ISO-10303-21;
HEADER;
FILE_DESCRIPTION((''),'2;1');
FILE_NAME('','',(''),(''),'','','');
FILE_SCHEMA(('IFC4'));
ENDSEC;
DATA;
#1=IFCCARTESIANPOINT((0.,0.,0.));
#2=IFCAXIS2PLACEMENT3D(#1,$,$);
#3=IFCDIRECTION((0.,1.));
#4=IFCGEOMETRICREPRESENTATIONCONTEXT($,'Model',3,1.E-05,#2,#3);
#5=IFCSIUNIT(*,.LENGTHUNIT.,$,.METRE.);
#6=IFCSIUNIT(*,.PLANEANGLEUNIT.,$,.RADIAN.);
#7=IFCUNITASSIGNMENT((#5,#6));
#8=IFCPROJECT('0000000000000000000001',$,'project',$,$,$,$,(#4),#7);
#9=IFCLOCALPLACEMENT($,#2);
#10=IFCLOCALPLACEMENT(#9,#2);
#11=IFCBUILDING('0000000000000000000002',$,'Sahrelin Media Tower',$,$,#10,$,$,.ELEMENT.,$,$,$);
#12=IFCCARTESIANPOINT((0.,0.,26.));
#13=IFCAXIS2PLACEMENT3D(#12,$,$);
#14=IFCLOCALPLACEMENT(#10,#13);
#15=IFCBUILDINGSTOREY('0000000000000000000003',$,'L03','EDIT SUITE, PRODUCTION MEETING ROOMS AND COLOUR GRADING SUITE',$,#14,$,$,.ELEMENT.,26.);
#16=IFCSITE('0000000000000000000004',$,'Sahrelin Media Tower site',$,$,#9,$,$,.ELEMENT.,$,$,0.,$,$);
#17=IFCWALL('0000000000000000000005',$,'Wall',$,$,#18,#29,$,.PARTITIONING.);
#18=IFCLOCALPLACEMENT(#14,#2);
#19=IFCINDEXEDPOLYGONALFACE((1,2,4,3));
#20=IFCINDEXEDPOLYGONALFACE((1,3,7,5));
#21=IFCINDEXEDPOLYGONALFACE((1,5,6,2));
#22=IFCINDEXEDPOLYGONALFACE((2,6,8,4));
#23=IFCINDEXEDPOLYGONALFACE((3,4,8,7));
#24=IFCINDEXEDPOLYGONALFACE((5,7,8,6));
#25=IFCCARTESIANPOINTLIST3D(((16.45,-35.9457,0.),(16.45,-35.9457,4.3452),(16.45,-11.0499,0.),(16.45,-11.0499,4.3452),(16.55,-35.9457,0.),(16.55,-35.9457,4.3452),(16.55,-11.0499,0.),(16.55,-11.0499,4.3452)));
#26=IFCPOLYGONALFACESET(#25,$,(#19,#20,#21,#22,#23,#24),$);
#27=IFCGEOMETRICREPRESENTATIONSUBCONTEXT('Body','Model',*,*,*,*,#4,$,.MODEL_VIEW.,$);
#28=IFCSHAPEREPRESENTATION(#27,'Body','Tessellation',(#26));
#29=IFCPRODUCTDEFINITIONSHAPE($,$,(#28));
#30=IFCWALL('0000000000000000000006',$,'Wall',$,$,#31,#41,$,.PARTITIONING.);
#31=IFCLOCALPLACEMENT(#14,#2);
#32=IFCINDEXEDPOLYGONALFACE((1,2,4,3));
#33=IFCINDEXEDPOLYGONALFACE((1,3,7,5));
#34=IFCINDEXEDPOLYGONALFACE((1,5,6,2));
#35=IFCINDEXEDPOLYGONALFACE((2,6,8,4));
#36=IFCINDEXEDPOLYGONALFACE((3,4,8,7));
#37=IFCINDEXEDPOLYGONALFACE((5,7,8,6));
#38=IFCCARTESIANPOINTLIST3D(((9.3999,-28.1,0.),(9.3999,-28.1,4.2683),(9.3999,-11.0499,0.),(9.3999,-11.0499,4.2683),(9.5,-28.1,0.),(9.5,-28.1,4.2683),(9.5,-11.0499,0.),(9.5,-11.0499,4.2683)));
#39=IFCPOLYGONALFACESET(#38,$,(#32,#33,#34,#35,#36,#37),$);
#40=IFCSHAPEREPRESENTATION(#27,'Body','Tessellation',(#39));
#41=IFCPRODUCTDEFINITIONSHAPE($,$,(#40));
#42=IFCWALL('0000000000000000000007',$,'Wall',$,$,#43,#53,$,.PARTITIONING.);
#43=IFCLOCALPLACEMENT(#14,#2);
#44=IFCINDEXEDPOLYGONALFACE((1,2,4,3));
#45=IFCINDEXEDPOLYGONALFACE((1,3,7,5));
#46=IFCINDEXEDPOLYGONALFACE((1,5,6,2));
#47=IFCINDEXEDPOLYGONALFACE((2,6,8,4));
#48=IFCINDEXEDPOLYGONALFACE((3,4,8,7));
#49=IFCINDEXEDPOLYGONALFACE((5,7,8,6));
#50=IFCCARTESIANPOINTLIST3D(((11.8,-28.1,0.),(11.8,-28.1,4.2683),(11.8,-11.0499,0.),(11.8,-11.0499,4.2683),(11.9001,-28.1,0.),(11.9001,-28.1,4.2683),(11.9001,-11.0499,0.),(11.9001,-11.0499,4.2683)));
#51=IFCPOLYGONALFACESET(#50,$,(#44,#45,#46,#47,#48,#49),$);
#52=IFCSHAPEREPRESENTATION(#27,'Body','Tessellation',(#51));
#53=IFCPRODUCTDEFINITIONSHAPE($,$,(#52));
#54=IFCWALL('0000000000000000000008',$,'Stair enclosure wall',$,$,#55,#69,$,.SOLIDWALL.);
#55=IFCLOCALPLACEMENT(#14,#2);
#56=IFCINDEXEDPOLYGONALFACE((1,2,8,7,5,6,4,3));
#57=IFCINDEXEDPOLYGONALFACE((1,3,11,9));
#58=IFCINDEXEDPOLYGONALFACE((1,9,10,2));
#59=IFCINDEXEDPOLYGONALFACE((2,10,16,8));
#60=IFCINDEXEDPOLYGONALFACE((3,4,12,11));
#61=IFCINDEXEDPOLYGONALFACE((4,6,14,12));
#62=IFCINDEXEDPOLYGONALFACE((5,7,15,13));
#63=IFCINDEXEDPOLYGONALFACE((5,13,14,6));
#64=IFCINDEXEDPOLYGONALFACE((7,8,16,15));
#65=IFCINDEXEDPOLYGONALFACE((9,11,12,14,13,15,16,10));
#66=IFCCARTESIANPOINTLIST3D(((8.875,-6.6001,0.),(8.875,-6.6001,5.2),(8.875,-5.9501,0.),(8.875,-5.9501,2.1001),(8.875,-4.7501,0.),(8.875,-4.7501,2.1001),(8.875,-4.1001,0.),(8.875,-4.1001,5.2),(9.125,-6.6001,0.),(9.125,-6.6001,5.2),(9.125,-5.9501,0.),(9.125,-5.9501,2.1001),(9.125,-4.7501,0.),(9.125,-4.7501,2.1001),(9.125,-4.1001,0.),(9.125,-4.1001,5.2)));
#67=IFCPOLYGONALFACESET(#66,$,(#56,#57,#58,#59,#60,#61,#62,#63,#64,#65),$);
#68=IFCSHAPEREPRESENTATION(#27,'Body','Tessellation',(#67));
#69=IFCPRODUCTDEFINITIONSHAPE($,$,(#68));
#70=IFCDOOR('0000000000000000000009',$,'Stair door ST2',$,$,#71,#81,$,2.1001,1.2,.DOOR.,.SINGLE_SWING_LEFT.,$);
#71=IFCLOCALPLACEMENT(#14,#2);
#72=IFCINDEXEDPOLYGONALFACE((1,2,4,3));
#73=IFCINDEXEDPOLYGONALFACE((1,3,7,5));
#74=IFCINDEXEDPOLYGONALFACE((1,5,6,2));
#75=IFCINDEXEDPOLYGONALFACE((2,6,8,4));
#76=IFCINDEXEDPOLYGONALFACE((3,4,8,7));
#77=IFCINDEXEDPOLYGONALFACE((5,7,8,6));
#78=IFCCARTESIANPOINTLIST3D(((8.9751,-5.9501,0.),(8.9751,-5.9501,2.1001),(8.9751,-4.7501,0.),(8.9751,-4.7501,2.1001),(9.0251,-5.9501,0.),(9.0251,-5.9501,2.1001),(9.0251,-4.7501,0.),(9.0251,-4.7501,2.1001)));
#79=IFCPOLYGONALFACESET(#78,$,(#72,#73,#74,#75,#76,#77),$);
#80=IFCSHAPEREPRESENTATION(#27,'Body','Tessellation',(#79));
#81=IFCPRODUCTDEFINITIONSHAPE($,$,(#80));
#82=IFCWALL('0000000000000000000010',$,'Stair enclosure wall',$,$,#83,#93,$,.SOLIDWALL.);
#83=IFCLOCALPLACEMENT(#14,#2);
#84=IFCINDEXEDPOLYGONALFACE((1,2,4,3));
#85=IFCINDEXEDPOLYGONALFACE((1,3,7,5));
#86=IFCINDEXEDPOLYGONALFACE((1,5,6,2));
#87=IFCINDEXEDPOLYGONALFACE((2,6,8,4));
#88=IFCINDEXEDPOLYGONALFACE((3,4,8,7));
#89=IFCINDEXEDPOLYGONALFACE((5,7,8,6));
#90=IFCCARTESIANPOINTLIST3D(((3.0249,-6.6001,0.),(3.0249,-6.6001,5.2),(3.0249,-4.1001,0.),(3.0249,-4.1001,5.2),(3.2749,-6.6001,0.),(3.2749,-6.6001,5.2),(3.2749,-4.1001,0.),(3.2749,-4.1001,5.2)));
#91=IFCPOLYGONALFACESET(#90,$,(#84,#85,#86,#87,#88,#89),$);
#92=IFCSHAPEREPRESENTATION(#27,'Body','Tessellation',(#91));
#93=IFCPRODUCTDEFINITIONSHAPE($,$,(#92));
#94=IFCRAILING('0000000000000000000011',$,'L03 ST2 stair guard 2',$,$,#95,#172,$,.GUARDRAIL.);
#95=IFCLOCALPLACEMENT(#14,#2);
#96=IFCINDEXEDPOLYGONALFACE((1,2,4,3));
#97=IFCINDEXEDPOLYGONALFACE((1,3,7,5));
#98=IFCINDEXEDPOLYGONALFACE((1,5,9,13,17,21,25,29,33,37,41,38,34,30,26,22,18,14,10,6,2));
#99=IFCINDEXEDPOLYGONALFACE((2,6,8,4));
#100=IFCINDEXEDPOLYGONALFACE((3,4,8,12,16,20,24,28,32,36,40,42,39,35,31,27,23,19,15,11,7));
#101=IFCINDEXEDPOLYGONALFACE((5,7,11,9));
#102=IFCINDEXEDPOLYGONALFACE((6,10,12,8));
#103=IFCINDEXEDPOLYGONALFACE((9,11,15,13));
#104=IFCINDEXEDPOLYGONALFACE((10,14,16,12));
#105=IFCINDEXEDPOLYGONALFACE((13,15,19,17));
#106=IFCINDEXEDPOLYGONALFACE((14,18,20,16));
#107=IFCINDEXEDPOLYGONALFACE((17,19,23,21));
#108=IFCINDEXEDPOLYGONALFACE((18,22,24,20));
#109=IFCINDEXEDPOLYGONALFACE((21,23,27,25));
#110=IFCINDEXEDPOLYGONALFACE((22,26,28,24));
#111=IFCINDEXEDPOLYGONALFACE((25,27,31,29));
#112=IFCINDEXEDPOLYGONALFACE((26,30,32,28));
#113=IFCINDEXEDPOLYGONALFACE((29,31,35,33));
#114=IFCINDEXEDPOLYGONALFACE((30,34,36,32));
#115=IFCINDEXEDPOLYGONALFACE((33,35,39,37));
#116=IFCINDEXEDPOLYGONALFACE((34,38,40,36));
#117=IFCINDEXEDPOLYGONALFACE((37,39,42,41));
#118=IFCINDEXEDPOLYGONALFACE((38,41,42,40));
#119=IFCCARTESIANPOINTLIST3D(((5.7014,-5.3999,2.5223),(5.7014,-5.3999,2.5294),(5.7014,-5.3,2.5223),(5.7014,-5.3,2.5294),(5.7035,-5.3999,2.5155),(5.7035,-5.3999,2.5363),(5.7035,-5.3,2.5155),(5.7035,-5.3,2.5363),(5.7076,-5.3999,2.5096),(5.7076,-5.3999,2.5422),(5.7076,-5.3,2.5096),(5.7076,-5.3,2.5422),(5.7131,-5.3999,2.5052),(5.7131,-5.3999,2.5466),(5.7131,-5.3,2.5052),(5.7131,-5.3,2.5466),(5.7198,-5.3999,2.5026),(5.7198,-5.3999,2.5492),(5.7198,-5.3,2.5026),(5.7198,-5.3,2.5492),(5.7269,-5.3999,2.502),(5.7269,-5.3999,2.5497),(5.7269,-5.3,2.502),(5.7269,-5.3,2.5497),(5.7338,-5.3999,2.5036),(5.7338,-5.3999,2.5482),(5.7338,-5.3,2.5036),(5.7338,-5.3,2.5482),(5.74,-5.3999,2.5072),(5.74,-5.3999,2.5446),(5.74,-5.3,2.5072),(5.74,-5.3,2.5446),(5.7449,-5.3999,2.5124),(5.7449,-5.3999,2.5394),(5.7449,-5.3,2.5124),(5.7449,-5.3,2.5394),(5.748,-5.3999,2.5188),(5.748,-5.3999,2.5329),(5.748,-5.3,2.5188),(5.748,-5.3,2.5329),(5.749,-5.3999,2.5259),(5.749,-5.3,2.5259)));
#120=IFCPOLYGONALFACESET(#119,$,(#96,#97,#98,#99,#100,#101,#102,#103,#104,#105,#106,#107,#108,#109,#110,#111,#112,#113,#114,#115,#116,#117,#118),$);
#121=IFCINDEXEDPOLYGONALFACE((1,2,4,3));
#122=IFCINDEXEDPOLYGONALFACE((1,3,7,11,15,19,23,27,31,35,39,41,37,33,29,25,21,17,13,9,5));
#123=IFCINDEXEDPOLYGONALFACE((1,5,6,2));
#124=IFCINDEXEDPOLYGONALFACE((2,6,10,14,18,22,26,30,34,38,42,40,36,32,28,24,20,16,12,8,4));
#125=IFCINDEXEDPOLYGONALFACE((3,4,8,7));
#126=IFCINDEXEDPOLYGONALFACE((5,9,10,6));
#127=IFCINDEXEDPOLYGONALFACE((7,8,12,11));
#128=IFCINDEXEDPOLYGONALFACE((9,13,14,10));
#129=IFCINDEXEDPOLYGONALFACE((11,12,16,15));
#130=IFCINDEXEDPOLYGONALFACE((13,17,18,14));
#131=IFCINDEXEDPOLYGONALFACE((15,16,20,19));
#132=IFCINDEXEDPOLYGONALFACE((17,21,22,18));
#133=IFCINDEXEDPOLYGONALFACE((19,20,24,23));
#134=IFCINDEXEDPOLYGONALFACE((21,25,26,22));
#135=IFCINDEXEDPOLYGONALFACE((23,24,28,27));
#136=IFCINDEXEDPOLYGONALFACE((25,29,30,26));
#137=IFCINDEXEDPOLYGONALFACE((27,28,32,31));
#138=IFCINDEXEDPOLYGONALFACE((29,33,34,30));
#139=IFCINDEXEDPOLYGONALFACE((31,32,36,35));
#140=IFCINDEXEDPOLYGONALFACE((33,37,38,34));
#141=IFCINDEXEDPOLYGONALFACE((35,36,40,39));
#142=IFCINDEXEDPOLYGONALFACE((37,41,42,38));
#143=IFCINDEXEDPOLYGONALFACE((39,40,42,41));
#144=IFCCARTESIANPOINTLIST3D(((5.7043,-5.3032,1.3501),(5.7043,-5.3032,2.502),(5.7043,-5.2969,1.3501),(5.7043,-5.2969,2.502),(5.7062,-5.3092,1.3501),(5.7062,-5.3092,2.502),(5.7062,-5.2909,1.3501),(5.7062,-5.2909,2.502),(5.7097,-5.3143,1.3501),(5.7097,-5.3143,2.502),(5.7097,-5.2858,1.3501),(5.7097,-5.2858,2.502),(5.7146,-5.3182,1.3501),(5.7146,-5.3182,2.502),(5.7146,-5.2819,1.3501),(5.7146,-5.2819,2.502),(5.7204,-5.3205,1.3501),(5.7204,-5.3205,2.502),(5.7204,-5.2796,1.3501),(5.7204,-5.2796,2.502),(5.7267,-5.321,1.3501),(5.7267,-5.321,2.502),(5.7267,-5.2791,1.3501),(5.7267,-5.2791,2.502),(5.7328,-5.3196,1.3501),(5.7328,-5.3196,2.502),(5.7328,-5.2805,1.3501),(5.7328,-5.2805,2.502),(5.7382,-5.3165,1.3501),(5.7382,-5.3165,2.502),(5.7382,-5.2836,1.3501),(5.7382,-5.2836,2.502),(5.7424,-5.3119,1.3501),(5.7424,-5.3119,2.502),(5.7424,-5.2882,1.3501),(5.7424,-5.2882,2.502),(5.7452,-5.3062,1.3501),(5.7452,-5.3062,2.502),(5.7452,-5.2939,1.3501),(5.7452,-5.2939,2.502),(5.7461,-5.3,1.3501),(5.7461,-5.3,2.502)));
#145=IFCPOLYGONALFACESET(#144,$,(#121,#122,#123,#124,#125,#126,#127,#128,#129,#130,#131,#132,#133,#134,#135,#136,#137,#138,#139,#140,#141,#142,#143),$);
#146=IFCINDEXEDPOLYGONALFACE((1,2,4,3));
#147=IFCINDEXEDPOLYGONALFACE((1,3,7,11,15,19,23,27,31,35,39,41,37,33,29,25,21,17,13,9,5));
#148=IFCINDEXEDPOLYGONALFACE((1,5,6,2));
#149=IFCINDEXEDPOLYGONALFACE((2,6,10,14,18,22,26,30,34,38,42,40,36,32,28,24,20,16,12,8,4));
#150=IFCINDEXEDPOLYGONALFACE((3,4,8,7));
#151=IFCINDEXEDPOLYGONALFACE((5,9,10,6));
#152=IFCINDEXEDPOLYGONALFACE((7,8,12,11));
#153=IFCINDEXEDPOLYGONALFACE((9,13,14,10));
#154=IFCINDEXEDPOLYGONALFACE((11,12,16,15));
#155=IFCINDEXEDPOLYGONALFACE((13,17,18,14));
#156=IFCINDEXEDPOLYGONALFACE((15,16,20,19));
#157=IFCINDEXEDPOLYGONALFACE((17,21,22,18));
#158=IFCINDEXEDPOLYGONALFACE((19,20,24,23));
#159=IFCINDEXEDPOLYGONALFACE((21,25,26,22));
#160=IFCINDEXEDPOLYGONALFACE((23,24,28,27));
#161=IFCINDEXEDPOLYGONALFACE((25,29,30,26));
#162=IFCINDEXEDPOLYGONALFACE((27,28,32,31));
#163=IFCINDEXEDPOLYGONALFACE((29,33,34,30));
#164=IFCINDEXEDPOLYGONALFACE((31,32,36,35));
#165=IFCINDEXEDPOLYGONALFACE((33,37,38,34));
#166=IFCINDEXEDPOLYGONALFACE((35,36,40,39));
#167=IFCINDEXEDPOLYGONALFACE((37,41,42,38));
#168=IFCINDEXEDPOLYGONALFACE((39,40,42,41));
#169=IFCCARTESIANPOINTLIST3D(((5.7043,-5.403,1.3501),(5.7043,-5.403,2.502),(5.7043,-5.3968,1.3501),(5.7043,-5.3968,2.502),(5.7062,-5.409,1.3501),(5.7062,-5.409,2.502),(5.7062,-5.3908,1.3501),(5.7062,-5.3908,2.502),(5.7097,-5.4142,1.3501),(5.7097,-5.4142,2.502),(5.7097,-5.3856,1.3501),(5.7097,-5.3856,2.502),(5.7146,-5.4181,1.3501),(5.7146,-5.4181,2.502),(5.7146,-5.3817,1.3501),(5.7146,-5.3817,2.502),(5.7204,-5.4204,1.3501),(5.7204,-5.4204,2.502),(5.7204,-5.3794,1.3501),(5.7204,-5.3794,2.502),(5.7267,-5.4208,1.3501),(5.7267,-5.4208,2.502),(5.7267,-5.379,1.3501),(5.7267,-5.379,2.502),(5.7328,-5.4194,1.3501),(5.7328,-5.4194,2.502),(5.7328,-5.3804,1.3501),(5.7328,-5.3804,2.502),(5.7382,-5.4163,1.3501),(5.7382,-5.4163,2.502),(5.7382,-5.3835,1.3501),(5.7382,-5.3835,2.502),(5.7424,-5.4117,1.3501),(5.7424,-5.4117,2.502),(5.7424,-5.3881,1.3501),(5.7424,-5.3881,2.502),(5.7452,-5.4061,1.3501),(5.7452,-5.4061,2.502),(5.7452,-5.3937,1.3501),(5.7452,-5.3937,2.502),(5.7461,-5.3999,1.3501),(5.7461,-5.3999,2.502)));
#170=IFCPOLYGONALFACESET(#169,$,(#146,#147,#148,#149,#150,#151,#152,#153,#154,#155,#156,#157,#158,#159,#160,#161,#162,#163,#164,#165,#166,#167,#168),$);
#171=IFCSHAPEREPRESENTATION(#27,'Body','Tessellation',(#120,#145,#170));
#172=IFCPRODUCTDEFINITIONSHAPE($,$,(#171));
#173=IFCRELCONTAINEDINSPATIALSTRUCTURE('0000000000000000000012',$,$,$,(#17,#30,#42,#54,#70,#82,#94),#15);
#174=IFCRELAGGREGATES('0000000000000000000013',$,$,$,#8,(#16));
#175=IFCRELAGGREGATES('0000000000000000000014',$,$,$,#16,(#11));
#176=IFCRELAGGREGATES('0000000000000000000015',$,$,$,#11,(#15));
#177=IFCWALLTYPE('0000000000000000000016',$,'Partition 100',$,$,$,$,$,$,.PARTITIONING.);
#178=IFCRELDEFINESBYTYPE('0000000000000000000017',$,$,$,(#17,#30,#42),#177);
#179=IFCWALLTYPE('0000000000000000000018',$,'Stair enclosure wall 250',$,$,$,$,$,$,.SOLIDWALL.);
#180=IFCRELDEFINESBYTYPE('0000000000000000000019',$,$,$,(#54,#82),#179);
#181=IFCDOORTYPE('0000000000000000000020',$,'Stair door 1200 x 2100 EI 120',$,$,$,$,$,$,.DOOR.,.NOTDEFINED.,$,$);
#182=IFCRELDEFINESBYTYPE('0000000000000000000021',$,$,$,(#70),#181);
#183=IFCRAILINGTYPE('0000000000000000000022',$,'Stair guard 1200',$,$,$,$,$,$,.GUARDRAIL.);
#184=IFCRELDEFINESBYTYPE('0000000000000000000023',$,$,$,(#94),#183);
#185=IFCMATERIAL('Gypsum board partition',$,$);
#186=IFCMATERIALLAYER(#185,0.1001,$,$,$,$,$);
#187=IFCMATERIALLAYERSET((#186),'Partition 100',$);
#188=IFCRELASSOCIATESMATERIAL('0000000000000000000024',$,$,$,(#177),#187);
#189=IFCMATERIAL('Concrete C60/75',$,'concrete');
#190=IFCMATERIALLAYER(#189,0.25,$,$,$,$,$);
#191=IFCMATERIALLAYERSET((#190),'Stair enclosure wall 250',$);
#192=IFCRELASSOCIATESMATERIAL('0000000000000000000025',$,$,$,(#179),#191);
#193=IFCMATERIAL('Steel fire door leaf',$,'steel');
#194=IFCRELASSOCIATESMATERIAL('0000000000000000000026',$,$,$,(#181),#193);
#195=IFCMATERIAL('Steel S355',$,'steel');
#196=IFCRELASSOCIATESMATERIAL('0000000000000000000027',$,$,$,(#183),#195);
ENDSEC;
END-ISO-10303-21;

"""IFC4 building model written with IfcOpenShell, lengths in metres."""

from ifc_helpers import new_model, si_unit, direction, frame, frame_2d, origin, origin_2d, place, context, subcontext, project, spatial, rectangle, circle, extrude, material, layer, layer_set, type_object, element, fill, save


model = new_model("IFC4")

# Units and contexts
model_context = context("Model", 3, precision=1e-05, world=origin(), true_north=direction((0.0, 1.0)))
body_context = subcontext(model_context, "Body", "Model", "MODEL_VIEW")
ifc_project = project(units=[si_unit("LENGTHUNIT", "METRE"), si_unit("PLANEANGLEUNIT", "RADIAN")], contexts=[model_context])

# Site, building, storey
site_placement = place(None, origin())
site = spatial("IfcSite", under=ifc_project, at=site_placement, Name="Sahrelin Media Tower site", CompositionType="ELEMENT", RefElevation=0.0)
building_placement = place(site_placement, origin())
building = spatial("IfcBuilding", under=site, at=building_placement, Name="Sahrelin Media Tower", CompositionType="ELEMENT")
storey_placement = place(building_placement, frame((0.0, 0.0, 26.0)))
storey = spatial("IfcBuildingStorey", under=building, at=storey_placement, Name="L03", Description="EDIT SUITE, PRODUCTION MEETING ROOMS AND COLOUR GRADING SUITE", CompositionType="ELEMENT", Elevation=26.0)

# Shared definitions
ifc_material_1 = material(Name="Steel S355", Category="steel")

# Shared definitions
ifc_material_2 = material(Name="Concrete C60/75", Category="concrete")

# Shared definitions
ifc_material_3 = material(Name="Steel fire door leaf", Category="steel")

# Walls
ifc_material_4 = material(Name="Gypsum board partition")
ifc_layer_1 = layer(ifc_material_4, 0.1001)
ifc_layer_set_1 = layer_set([ifc_layer_1], Name="Partition 100")
wall_type_1 = type_object("IfcWallType", Name="Partition 100", PredefinedType="PARTITIONING", material=ifc_layer_set_1)
wall_1_placement = place(storey_placement, frame((16.5, -11.05, 0.0), z_axis=(0.0, 0.0, 1.0), x_axis=(0.0, -1.0, 0.0)))
element("IfcWall", 1, at=wall_1_placement, inside=storey, type_object=wall_type_1, Name="Wall", PredefinedType="PARTITIONING", context=body_context, shape_type="SweptSolid", body=[
    extrude(rectangle(XDim=24.8958, YDim=0.1001, at=frame_2d((12.4478, 0.0))), origin(), (0.0, 0.0, 1.0), 4.3452),
])
for number, where, z_axis, x_axis, name in (
    (2, (9.45, -11.05, 0.0), (0.0, 0.0, 1.0), (0.0, -1.0, 0.0), "Wall"),
    (3, (11.8501, -11.05, 0.0), (0.0, 0.0, 1.0), (0.0, -1.0, 0.0), "Wall"),
):
    element("IfcWall", number, at=place(storey_placement, frame(where, z_axis=z_axis, x_axis=x_axis)), inside=storey, type_object=wall_type_1, Name=name, PredefinedType="PARTITIONING", context=body_context, shape_type="SweptSolid", body=[
        extrude(rectangle(XDim=17.05, YDim=0.1001, at=frame_2d((8.5249, 0.0))), origin(), (0.0, 0.0, 1.0), 4.2683),
    ])

# Wall, opening, door
ifc_layer_2 = layer(ifc_material_2, 0.25)
ifc_layer_set_2 = layer_set([ifc_layer_2], Name="Stair enclosure wall 250")
wall_type_2 = type_object("IfcWallType", Name="Stair enclosure wall 250", PredefinedType="SOLIDWALL", material=ifc_layer_set_2)
wall_2_placement = place(storey_placement, frame((9.0, -6.6001, 0.0), z_axis=(0.0, 0.0, 1.0), x_axis=(0.0, 1.0, 0.0)))
wall_2 = element("IfcWall", 4, at=wall_2_placement, inside=storey, type_object=wall_type_2, Name="Stair enclosure wall", PredefinedType="SOLIDWALL", context=body_context, shape_type="SweptSolid", body=[
    extrude(rectangle(XDim=2.5, YDim=0.25, at=frame_2d((1.25, 0.0))), origin(), (0.0, 0.0, 1.0), 5.2),
])
opening_1_placement = place(wall_2_placement, frame((0.6499, 0.0, 0.0)))
opening_1 = element("IfcOpeningElement", 5, at=opening_1_placement, cuts=wall_2, PredefinedType="OPENING", context=body_context, shape_type="SweptSolid", body=[
    extrude(rectangle(XDim=1.2, YDim=2.1001, at=frame_2d((0.6001, 1.05))), frame((0.0, 0.125, 0.0), z_axis=(0.0, -1.0, 0.0), x_axis=(1.0, 0.0, 0.0)), (0.0, 0.0, 1.0), 0.25),
])
door_type_1 = type_object("IfcDoorType", Name="Stair door 1200 x 2100 EI 120", OperationType="NOTDEFINED", PredefinedType="DOOR", material=ifc_material_3)
door_1_placement = place(opening_1_placement, origin())
door_1 = element("IfcDoor", 6, at=door_1_placement, inside=storey, type_object=door_type_1, Name="Stair door ST2", OperationType="SINGLE_SWING_LEFT", OverallHeight=2.1001, OverallWidth=1.2, PredefinedType="DOOR", context=body_context, shape_type="SweptSolid", body=[
    extrude(rectangle(XDim=1.2, YDim=2.1001, at=frame_2d((0.6001, 1.05))), frame((0.0, 0.0249, 0.0), z_axis=(0.0, -1.0, 0.0), x_axis=(1.0, 0.0, 0.0)), (0.0, 0.0, 1.0), 0.05),
])
fill(opening_1, door_1)

# Wall
wall_3_placement = place(storey_placement, frame((3.1499, -6.6001, 0.0), z_axis=(0.0, 0.0, 1.0), x_axis=(0.0, 1.0, 0.0)))
element("IfcWall", 7, at=wall_3_placement, inside=storey, type_object=wall_type_2, Name="Stair enclosure wall", PredefinedType="SOLIDWALL", context=body_context, shape_type="SweptSolid", body=[
    extrude(rectangle(XDim=2.5, YDim=0.25, at=frame_2d((1.25, 0.0))), origin(), (0.0, 0.0, 1.0), 5.2),
])

# Railing
railing_type_1 = type_object("IfcRailingType", Name="Stair guard 1200", PredefinedType="GUARDRAIL", material=ifc_material_1)
railing_1_placement = place(storey_placement, frame((5.7251, -5.3, 1.3501)))
element("IfcRailing", 8, at=railing_1_placement, inside=storey, type_object=railing_type_1, Name="L03 ST2 stair guard 2", PredefinedType="GUARDRAIL", context=body_context, shape_type="SweptSolid", body=[
    extrude(circle(Radius=0.0239, at=origin_2d()), frame((0.0, 0.0, 1.1758), z_axis=(0.0, -1.0, 0.0), x_axis=(1.0, 0.0, 0.0)), (0.0, 0.0, 1.0), 0.0999),
    extrude(circle(Radius=0.021, at=origin_2d()), origin(), (0.0, 0.0, 1.0), 1.1519),
    extrude(circle(Radius=0.021, at=origin_2d()), frame((0.0, -0.0999, 0.0)), (0.0, 0.0, 1.0), 1.1519),
])

save(model, "model.ifc")
